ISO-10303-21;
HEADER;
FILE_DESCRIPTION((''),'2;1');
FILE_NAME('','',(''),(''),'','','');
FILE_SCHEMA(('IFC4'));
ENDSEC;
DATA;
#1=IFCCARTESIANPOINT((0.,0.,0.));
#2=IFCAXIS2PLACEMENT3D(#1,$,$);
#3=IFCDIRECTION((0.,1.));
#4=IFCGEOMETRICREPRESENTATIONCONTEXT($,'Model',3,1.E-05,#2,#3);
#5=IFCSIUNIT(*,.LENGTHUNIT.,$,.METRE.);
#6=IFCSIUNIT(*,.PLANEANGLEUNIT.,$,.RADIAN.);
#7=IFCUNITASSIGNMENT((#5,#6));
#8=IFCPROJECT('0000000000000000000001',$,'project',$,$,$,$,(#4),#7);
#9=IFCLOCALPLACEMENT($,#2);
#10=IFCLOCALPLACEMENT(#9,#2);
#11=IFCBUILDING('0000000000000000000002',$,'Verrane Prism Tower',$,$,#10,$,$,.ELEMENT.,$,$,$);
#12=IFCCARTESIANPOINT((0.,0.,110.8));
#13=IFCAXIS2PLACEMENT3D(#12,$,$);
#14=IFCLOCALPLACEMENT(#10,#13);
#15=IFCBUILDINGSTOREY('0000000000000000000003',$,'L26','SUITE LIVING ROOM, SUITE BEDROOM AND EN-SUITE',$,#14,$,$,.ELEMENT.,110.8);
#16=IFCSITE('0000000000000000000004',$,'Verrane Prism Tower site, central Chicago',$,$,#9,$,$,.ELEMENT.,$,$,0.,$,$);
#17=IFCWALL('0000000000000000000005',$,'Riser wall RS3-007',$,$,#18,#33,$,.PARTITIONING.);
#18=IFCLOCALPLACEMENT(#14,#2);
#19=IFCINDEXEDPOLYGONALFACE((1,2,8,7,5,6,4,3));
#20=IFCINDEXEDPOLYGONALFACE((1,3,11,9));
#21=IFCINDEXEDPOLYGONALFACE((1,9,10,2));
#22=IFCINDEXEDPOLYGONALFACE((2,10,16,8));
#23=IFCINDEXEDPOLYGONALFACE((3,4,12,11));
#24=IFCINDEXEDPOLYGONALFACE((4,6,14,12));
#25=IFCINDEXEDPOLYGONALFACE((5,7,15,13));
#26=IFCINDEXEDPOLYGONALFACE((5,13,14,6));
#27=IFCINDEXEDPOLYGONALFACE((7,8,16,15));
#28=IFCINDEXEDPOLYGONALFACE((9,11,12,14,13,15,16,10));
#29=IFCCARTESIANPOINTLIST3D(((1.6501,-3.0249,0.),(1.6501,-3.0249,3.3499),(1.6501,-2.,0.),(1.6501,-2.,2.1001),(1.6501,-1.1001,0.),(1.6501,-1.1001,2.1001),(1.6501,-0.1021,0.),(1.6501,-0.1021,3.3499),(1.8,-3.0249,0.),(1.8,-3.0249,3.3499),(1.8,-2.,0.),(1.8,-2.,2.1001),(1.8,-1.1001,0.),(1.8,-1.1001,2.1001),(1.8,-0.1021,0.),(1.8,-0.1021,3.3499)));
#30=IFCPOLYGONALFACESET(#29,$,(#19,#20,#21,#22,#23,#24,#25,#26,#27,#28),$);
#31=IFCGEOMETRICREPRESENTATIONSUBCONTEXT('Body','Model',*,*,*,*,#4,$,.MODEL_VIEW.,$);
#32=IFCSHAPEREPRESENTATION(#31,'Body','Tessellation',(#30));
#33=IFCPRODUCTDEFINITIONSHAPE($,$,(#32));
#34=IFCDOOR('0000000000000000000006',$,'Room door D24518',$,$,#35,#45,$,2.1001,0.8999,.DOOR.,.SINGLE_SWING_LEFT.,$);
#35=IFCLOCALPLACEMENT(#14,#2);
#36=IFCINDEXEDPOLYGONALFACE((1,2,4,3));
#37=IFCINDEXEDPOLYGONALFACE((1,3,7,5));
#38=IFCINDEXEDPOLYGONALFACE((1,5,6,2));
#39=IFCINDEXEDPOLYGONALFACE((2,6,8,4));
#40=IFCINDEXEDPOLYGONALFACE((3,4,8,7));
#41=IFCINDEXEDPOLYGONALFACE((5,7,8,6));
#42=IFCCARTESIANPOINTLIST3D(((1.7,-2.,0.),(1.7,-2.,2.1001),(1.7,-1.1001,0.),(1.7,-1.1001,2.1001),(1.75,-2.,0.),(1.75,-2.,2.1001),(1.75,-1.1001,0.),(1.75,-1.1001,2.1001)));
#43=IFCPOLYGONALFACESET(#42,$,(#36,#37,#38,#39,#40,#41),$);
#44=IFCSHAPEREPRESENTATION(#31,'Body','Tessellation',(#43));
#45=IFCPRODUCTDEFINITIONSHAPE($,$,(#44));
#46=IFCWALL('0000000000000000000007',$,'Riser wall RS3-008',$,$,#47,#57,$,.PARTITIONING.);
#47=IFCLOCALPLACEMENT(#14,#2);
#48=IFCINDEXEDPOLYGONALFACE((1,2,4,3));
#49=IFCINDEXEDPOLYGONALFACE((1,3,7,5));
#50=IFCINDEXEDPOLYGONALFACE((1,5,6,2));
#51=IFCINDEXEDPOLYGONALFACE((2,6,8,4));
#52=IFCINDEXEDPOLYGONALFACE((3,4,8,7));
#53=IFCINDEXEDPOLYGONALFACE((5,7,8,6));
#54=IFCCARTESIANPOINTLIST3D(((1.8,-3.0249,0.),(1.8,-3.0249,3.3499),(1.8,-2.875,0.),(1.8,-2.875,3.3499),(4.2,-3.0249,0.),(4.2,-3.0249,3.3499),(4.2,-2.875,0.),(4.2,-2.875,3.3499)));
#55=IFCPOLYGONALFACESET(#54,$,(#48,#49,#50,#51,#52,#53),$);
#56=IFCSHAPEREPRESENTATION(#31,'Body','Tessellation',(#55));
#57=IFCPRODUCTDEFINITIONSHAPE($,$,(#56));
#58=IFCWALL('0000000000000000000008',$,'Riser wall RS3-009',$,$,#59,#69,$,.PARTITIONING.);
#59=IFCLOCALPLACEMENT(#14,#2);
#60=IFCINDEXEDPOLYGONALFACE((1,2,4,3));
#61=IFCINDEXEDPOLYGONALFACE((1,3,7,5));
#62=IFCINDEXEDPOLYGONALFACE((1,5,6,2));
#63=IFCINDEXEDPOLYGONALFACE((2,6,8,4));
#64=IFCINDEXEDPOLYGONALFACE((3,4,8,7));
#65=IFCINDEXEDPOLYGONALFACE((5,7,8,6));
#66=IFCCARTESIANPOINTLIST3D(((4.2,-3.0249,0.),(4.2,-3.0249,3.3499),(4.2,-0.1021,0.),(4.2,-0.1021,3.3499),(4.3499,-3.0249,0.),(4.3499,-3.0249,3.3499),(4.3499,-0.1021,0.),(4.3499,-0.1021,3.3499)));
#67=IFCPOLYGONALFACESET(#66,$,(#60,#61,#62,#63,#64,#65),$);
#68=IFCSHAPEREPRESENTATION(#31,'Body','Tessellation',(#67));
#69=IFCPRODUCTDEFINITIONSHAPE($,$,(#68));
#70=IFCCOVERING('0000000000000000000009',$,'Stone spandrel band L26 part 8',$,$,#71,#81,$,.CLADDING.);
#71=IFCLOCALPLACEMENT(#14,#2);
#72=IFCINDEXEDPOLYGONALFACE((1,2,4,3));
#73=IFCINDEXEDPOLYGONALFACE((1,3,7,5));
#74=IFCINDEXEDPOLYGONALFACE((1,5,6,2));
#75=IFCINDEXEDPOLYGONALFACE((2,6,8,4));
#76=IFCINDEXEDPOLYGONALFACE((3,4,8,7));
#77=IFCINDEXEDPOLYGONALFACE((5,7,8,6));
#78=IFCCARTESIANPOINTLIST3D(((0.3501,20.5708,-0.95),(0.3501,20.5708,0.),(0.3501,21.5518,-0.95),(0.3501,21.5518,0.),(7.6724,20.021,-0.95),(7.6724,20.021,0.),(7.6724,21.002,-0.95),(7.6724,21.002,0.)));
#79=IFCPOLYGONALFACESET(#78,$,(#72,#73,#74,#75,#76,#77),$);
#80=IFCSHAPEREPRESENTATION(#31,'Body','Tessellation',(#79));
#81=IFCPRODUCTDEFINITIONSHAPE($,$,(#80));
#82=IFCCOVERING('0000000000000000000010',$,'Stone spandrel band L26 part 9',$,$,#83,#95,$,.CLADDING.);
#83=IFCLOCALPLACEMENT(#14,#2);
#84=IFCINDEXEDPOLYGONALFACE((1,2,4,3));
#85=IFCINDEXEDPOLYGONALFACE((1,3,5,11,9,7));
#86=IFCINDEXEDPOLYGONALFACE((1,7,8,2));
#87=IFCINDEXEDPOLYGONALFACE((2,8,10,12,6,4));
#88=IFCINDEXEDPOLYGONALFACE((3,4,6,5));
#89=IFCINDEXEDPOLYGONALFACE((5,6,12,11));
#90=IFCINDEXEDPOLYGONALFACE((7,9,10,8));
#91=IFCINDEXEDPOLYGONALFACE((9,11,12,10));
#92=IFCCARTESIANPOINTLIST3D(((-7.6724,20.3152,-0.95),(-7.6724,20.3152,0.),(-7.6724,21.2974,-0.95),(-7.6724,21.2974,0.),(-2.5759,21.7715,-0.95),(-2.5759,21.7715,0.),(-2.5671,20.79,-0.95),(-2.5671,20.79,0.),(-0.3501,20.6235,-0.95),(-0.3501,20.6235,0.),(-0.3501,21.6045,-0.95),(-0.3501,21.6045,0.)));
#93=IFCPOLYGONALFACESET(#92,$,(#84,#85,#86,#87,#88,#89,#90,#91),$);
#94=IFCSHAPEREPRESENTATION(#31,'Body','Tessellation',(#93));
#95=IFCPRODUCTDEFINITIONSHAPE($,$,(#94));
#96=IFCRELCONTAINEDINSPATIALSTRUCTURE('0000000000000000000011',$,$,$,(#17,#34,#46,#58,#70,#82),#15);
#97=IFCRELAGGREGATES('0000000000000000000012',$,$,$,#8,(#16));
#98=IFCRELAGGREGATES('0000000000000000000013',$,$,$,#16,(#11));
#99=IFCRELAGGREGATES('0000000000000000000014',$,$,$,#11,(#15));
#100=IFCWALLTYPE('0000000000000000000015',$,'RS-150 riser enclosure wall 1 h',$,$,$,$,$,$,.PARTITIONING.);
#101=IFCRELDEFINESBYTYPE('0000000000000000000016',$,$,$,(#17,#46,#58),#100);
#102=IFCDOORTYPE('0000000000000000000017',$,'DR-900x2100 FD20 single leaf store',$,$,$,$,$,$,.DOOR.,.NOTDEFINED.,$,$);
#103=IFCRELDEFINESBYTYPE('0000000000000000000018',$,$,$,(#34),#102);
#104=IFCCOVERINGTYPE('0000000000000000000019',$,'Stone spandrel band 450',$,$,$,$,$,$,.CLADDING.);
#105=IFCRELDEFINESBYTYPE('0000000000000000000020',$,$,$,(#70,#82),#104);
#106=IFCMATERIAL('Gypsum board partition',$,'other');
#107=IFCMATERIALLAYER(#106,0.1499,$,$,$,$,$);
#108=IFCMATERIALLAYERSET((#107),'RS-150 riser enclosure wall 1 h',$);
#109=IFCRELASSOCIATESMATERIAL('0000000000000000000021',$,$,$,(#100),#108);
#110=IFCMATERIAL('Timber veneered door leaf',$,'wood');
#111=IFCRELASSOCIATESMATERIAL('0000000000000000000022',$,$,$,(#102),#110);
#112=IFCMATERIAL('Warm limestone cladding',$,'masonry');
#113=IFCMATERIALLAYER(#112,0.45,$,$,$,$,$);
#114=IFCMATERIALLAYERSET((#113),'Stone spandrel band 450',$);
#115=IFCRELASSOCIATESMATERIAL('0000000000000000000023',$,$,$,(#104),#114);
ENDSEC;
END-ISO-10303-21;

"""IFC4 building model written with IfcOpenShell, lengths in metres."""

from ifc_helpers import new_model, si_unit, direction, frame, frame_2d, origin, place, context, subcontext, project, spatial, polyline, rectangle, outline, extrude, material, layer, layer_set, type_object, element, fill, save


model = new_model("IFC4")

# Units and contexts
model_context = context("Model", 3, precision=1e-05, world=origin(), true_north=direction((0.0, 1.0)))
body_context = subcontext(model_context, "Body", "Model", "MODEL_VIEW")
ifc_project = project(units=[si_unit("LENGTHUNIT", "METRE"), si_unit("PLANEANGLEUNIT", "RADIAN")], contexts=[model_context])

# Site, building, storey
site_placement = place(None, origin())
site = spatial("IfcSite", under=ifc_project, at=site_placement, Name="Verrane Prism Tower site, central Chicago", CompositionType="ELEMENT", RefElevation=0.0)
building_placement = place(site_placement, origin())
building = spatial("IfcBuilding", under=site, at=building_placement, Name="Verrane Prism Tower", CompositionType="ELEMENT")
storey_placement = place(building_placement, frame((0.0, 0.0, 110.8)))
storey = spatial("IfcBuildingStorey", under=building, at=storey_placement, Name="L26", Description="SUITE LIVING ROOM, SUITE BEDROOM AND EN-SUITE", CompositionType="ELEMENT", Elevation=110.8)

# Wall, opening, door
ifc_material_1 = material(Name="Gypsum board partition", Category="other")
ifc_layer_1 = layer(ifc_material_1, 0.1499)
ifc_layer_set_1 = layer_set([ifc_layer_1], Name="RS-150 riser enclosure wall 1 h")
wall_type_1 = type_object("IfcWallType", Name="RS-150 riser enclosure wall 1 h", PredefinedType="PARTITIONING", material=ifc_layer_set_1)
wall_1_placement = place(storey_placement, frame((1.7251, -0.1021, 0.0), z_axis=(0.0, 0.0, 1.0), x_axis=(0.0, -1.0, 0.0)))
wall_1 = element("IfcWall", 1, at=wall_1_placement, inside=storey, type_object=wall_type_1, Name="Riser wall RS3-007", PredefinedType="PARTITIONING", context=body_context, shape_type="SweptSolid", body=[
    extrude(rectangle(XDim=2.9229, YDim=0.1499, at=frame_2d((1.4614, 0.0))), origin(), (0.0, 0.0, 1.0), 3.3499),
])
opening_1_placement = place(wall_1_placement, frame((0.998, 0.0, 0.0)))
opening_1 = element("IfcOpeningElement", 2, at=opening_1_placement, cuts=wall_1, PredefinedType="OPENING", context=body_context, shape_type="SweptSolid", body=[
    extrude(rectangle(XDim=0.8999, YDim=2.1001, at=frame_2d((0.45, 1.05))), frame((0.0, 0.085, 0.0), z_axis=(0.0, -1.0, 0.0), x_axis=(1.0, 0.0, 0.0)), (0.0, 0.0, 1.0), 0.1699),
])
ifc_material_2 = material(Name="Timber veneered door leaf", Category="wood")
door_type_1 = type_object("IfcDoorType", Name="DR-900x2100 FD20 single leaf store", OperationType="NOTDEFINED", PredefinedType="DOOR", material=ifc_material_2)
door_1_placement = place(opening_1_placement, origin())
door_1 = element("IfcDoor", 3, at=door_1_placement, inside=storey, type_object=door_type_1, Name="Room door D24518", OperationType="SINGLE_SWING_LEFT", OverallHeight=2.1001, OverallWidth=0.8999, PredefinedType="DOOR", context=body_context, shape_type="SweptSolid", body=[
    extrude(rectangle(XDim=0.8999, YDim=2.1001, at=frame_2d((0.45, 1.05))), frame((0.0, 0.0249, 0.0), z_axis=(0.0, -1.0, 0.0), x_axis=(1.0, 0.0, 0.0)), (0.0, 0.0, 1.0), 0.05),
])
fill(opening_1, door_1)

# Walls
wall_2_placement = place(storey_placement, frame((1.8, -2.95, 0.0), z_axis=(0.0, 0.0, 1.0), x_axis=(1.0, 0.0, 0.0)))
element("IfcWall", 4, at=wall_2_placement, inside=storey, type_object=wall_type_1, Name="Riser wall RS3-008", PredefinedType="PARTITIONING", context=body_context, shape_type="SweptSolid", body=[
    extrude(rectangle(XDim=2.3999, YDim=0.1499, at=frame_2d((1.2, 0.0))), origin(), (0.0, 0.0, 1.0), 3.3499),
])
wall_3_placement = place(storey_placement, frame((4.2749, -3.0249, 0.0), z_axis=(0.0, 0.0, 1.0), x_axis=(0.0, 1.0, 0.0)))
element("IfcWall", 5, at=wall_3_placement, inside=storey, type_object=wall_type_1, Name="Riser wall RS3-009", PredefinedType="PARTITIONING", context=body_context, shape_type="SweptSolid", body=[
    extrude(rectangle(XDim=2.9229, YDim=0.1499, at=frame_2d((1.4614, 0.0))), origin(), (0.0, 0.0, 1.0), 3.3499),
])

# Coverings
ifc_material_3 = material(Name="Warm limestone cladding", Category="masonry")
ifc_layer_2 = layer(ifc_material_3, 0.45)
ifc_layer_set_2 = layer_set([ifc_layer_2], Name="Stone spandrel band 450")
covering_type = type_object("IfcCoveringType", Name="Stone spandrel band 450", PredefinedType="CLADDING", material=ifc_layer_set_2)
covering_1_placement = place(storey_placement, frame((0.0, 0.0, -0.95)))
element("IfcCovering", 6, at=covering_1_placement, inside=storey, type_object=covering_type, Name="Stone spandrel band L26 part 8", PredefinedType="CLADDING", context=body_context, shape_type="SweptSolid", body=[
    extrude(outline(polyline([(0.3501, 21.5518), (0.3501, 20.5708), (7.6724, 20.021), (7.6724, 21.002), (0.3501, 21.5518)])), origin(), (0.0, 0.0, 1.0), 0.95),
])
covering_2_placement = place(storey_placement, frame((0.0, 0.0, -0.95)))
element("IfcCovering", 7, at=covering_2_placement, inside=storey, type_object=covering_type, Name="Stone spandrel band L26 part 9", PredefinedType="CLADDING", context=body_context, shape_type="SweptSolid", body=[
    extrude(outline(polyline([(-7.6724, 20.3152), (-2.5671, 20.79), (-0.3501, 20.6235), (-0.3501, 21.6045), (-2.5759, 21.7715), (-7.6724, 21.2974), (-7.6724, 20.3152)])), origin(), (0.0, 0.0, 1.0), 0.95),
])

save(model, "model.ifc")
